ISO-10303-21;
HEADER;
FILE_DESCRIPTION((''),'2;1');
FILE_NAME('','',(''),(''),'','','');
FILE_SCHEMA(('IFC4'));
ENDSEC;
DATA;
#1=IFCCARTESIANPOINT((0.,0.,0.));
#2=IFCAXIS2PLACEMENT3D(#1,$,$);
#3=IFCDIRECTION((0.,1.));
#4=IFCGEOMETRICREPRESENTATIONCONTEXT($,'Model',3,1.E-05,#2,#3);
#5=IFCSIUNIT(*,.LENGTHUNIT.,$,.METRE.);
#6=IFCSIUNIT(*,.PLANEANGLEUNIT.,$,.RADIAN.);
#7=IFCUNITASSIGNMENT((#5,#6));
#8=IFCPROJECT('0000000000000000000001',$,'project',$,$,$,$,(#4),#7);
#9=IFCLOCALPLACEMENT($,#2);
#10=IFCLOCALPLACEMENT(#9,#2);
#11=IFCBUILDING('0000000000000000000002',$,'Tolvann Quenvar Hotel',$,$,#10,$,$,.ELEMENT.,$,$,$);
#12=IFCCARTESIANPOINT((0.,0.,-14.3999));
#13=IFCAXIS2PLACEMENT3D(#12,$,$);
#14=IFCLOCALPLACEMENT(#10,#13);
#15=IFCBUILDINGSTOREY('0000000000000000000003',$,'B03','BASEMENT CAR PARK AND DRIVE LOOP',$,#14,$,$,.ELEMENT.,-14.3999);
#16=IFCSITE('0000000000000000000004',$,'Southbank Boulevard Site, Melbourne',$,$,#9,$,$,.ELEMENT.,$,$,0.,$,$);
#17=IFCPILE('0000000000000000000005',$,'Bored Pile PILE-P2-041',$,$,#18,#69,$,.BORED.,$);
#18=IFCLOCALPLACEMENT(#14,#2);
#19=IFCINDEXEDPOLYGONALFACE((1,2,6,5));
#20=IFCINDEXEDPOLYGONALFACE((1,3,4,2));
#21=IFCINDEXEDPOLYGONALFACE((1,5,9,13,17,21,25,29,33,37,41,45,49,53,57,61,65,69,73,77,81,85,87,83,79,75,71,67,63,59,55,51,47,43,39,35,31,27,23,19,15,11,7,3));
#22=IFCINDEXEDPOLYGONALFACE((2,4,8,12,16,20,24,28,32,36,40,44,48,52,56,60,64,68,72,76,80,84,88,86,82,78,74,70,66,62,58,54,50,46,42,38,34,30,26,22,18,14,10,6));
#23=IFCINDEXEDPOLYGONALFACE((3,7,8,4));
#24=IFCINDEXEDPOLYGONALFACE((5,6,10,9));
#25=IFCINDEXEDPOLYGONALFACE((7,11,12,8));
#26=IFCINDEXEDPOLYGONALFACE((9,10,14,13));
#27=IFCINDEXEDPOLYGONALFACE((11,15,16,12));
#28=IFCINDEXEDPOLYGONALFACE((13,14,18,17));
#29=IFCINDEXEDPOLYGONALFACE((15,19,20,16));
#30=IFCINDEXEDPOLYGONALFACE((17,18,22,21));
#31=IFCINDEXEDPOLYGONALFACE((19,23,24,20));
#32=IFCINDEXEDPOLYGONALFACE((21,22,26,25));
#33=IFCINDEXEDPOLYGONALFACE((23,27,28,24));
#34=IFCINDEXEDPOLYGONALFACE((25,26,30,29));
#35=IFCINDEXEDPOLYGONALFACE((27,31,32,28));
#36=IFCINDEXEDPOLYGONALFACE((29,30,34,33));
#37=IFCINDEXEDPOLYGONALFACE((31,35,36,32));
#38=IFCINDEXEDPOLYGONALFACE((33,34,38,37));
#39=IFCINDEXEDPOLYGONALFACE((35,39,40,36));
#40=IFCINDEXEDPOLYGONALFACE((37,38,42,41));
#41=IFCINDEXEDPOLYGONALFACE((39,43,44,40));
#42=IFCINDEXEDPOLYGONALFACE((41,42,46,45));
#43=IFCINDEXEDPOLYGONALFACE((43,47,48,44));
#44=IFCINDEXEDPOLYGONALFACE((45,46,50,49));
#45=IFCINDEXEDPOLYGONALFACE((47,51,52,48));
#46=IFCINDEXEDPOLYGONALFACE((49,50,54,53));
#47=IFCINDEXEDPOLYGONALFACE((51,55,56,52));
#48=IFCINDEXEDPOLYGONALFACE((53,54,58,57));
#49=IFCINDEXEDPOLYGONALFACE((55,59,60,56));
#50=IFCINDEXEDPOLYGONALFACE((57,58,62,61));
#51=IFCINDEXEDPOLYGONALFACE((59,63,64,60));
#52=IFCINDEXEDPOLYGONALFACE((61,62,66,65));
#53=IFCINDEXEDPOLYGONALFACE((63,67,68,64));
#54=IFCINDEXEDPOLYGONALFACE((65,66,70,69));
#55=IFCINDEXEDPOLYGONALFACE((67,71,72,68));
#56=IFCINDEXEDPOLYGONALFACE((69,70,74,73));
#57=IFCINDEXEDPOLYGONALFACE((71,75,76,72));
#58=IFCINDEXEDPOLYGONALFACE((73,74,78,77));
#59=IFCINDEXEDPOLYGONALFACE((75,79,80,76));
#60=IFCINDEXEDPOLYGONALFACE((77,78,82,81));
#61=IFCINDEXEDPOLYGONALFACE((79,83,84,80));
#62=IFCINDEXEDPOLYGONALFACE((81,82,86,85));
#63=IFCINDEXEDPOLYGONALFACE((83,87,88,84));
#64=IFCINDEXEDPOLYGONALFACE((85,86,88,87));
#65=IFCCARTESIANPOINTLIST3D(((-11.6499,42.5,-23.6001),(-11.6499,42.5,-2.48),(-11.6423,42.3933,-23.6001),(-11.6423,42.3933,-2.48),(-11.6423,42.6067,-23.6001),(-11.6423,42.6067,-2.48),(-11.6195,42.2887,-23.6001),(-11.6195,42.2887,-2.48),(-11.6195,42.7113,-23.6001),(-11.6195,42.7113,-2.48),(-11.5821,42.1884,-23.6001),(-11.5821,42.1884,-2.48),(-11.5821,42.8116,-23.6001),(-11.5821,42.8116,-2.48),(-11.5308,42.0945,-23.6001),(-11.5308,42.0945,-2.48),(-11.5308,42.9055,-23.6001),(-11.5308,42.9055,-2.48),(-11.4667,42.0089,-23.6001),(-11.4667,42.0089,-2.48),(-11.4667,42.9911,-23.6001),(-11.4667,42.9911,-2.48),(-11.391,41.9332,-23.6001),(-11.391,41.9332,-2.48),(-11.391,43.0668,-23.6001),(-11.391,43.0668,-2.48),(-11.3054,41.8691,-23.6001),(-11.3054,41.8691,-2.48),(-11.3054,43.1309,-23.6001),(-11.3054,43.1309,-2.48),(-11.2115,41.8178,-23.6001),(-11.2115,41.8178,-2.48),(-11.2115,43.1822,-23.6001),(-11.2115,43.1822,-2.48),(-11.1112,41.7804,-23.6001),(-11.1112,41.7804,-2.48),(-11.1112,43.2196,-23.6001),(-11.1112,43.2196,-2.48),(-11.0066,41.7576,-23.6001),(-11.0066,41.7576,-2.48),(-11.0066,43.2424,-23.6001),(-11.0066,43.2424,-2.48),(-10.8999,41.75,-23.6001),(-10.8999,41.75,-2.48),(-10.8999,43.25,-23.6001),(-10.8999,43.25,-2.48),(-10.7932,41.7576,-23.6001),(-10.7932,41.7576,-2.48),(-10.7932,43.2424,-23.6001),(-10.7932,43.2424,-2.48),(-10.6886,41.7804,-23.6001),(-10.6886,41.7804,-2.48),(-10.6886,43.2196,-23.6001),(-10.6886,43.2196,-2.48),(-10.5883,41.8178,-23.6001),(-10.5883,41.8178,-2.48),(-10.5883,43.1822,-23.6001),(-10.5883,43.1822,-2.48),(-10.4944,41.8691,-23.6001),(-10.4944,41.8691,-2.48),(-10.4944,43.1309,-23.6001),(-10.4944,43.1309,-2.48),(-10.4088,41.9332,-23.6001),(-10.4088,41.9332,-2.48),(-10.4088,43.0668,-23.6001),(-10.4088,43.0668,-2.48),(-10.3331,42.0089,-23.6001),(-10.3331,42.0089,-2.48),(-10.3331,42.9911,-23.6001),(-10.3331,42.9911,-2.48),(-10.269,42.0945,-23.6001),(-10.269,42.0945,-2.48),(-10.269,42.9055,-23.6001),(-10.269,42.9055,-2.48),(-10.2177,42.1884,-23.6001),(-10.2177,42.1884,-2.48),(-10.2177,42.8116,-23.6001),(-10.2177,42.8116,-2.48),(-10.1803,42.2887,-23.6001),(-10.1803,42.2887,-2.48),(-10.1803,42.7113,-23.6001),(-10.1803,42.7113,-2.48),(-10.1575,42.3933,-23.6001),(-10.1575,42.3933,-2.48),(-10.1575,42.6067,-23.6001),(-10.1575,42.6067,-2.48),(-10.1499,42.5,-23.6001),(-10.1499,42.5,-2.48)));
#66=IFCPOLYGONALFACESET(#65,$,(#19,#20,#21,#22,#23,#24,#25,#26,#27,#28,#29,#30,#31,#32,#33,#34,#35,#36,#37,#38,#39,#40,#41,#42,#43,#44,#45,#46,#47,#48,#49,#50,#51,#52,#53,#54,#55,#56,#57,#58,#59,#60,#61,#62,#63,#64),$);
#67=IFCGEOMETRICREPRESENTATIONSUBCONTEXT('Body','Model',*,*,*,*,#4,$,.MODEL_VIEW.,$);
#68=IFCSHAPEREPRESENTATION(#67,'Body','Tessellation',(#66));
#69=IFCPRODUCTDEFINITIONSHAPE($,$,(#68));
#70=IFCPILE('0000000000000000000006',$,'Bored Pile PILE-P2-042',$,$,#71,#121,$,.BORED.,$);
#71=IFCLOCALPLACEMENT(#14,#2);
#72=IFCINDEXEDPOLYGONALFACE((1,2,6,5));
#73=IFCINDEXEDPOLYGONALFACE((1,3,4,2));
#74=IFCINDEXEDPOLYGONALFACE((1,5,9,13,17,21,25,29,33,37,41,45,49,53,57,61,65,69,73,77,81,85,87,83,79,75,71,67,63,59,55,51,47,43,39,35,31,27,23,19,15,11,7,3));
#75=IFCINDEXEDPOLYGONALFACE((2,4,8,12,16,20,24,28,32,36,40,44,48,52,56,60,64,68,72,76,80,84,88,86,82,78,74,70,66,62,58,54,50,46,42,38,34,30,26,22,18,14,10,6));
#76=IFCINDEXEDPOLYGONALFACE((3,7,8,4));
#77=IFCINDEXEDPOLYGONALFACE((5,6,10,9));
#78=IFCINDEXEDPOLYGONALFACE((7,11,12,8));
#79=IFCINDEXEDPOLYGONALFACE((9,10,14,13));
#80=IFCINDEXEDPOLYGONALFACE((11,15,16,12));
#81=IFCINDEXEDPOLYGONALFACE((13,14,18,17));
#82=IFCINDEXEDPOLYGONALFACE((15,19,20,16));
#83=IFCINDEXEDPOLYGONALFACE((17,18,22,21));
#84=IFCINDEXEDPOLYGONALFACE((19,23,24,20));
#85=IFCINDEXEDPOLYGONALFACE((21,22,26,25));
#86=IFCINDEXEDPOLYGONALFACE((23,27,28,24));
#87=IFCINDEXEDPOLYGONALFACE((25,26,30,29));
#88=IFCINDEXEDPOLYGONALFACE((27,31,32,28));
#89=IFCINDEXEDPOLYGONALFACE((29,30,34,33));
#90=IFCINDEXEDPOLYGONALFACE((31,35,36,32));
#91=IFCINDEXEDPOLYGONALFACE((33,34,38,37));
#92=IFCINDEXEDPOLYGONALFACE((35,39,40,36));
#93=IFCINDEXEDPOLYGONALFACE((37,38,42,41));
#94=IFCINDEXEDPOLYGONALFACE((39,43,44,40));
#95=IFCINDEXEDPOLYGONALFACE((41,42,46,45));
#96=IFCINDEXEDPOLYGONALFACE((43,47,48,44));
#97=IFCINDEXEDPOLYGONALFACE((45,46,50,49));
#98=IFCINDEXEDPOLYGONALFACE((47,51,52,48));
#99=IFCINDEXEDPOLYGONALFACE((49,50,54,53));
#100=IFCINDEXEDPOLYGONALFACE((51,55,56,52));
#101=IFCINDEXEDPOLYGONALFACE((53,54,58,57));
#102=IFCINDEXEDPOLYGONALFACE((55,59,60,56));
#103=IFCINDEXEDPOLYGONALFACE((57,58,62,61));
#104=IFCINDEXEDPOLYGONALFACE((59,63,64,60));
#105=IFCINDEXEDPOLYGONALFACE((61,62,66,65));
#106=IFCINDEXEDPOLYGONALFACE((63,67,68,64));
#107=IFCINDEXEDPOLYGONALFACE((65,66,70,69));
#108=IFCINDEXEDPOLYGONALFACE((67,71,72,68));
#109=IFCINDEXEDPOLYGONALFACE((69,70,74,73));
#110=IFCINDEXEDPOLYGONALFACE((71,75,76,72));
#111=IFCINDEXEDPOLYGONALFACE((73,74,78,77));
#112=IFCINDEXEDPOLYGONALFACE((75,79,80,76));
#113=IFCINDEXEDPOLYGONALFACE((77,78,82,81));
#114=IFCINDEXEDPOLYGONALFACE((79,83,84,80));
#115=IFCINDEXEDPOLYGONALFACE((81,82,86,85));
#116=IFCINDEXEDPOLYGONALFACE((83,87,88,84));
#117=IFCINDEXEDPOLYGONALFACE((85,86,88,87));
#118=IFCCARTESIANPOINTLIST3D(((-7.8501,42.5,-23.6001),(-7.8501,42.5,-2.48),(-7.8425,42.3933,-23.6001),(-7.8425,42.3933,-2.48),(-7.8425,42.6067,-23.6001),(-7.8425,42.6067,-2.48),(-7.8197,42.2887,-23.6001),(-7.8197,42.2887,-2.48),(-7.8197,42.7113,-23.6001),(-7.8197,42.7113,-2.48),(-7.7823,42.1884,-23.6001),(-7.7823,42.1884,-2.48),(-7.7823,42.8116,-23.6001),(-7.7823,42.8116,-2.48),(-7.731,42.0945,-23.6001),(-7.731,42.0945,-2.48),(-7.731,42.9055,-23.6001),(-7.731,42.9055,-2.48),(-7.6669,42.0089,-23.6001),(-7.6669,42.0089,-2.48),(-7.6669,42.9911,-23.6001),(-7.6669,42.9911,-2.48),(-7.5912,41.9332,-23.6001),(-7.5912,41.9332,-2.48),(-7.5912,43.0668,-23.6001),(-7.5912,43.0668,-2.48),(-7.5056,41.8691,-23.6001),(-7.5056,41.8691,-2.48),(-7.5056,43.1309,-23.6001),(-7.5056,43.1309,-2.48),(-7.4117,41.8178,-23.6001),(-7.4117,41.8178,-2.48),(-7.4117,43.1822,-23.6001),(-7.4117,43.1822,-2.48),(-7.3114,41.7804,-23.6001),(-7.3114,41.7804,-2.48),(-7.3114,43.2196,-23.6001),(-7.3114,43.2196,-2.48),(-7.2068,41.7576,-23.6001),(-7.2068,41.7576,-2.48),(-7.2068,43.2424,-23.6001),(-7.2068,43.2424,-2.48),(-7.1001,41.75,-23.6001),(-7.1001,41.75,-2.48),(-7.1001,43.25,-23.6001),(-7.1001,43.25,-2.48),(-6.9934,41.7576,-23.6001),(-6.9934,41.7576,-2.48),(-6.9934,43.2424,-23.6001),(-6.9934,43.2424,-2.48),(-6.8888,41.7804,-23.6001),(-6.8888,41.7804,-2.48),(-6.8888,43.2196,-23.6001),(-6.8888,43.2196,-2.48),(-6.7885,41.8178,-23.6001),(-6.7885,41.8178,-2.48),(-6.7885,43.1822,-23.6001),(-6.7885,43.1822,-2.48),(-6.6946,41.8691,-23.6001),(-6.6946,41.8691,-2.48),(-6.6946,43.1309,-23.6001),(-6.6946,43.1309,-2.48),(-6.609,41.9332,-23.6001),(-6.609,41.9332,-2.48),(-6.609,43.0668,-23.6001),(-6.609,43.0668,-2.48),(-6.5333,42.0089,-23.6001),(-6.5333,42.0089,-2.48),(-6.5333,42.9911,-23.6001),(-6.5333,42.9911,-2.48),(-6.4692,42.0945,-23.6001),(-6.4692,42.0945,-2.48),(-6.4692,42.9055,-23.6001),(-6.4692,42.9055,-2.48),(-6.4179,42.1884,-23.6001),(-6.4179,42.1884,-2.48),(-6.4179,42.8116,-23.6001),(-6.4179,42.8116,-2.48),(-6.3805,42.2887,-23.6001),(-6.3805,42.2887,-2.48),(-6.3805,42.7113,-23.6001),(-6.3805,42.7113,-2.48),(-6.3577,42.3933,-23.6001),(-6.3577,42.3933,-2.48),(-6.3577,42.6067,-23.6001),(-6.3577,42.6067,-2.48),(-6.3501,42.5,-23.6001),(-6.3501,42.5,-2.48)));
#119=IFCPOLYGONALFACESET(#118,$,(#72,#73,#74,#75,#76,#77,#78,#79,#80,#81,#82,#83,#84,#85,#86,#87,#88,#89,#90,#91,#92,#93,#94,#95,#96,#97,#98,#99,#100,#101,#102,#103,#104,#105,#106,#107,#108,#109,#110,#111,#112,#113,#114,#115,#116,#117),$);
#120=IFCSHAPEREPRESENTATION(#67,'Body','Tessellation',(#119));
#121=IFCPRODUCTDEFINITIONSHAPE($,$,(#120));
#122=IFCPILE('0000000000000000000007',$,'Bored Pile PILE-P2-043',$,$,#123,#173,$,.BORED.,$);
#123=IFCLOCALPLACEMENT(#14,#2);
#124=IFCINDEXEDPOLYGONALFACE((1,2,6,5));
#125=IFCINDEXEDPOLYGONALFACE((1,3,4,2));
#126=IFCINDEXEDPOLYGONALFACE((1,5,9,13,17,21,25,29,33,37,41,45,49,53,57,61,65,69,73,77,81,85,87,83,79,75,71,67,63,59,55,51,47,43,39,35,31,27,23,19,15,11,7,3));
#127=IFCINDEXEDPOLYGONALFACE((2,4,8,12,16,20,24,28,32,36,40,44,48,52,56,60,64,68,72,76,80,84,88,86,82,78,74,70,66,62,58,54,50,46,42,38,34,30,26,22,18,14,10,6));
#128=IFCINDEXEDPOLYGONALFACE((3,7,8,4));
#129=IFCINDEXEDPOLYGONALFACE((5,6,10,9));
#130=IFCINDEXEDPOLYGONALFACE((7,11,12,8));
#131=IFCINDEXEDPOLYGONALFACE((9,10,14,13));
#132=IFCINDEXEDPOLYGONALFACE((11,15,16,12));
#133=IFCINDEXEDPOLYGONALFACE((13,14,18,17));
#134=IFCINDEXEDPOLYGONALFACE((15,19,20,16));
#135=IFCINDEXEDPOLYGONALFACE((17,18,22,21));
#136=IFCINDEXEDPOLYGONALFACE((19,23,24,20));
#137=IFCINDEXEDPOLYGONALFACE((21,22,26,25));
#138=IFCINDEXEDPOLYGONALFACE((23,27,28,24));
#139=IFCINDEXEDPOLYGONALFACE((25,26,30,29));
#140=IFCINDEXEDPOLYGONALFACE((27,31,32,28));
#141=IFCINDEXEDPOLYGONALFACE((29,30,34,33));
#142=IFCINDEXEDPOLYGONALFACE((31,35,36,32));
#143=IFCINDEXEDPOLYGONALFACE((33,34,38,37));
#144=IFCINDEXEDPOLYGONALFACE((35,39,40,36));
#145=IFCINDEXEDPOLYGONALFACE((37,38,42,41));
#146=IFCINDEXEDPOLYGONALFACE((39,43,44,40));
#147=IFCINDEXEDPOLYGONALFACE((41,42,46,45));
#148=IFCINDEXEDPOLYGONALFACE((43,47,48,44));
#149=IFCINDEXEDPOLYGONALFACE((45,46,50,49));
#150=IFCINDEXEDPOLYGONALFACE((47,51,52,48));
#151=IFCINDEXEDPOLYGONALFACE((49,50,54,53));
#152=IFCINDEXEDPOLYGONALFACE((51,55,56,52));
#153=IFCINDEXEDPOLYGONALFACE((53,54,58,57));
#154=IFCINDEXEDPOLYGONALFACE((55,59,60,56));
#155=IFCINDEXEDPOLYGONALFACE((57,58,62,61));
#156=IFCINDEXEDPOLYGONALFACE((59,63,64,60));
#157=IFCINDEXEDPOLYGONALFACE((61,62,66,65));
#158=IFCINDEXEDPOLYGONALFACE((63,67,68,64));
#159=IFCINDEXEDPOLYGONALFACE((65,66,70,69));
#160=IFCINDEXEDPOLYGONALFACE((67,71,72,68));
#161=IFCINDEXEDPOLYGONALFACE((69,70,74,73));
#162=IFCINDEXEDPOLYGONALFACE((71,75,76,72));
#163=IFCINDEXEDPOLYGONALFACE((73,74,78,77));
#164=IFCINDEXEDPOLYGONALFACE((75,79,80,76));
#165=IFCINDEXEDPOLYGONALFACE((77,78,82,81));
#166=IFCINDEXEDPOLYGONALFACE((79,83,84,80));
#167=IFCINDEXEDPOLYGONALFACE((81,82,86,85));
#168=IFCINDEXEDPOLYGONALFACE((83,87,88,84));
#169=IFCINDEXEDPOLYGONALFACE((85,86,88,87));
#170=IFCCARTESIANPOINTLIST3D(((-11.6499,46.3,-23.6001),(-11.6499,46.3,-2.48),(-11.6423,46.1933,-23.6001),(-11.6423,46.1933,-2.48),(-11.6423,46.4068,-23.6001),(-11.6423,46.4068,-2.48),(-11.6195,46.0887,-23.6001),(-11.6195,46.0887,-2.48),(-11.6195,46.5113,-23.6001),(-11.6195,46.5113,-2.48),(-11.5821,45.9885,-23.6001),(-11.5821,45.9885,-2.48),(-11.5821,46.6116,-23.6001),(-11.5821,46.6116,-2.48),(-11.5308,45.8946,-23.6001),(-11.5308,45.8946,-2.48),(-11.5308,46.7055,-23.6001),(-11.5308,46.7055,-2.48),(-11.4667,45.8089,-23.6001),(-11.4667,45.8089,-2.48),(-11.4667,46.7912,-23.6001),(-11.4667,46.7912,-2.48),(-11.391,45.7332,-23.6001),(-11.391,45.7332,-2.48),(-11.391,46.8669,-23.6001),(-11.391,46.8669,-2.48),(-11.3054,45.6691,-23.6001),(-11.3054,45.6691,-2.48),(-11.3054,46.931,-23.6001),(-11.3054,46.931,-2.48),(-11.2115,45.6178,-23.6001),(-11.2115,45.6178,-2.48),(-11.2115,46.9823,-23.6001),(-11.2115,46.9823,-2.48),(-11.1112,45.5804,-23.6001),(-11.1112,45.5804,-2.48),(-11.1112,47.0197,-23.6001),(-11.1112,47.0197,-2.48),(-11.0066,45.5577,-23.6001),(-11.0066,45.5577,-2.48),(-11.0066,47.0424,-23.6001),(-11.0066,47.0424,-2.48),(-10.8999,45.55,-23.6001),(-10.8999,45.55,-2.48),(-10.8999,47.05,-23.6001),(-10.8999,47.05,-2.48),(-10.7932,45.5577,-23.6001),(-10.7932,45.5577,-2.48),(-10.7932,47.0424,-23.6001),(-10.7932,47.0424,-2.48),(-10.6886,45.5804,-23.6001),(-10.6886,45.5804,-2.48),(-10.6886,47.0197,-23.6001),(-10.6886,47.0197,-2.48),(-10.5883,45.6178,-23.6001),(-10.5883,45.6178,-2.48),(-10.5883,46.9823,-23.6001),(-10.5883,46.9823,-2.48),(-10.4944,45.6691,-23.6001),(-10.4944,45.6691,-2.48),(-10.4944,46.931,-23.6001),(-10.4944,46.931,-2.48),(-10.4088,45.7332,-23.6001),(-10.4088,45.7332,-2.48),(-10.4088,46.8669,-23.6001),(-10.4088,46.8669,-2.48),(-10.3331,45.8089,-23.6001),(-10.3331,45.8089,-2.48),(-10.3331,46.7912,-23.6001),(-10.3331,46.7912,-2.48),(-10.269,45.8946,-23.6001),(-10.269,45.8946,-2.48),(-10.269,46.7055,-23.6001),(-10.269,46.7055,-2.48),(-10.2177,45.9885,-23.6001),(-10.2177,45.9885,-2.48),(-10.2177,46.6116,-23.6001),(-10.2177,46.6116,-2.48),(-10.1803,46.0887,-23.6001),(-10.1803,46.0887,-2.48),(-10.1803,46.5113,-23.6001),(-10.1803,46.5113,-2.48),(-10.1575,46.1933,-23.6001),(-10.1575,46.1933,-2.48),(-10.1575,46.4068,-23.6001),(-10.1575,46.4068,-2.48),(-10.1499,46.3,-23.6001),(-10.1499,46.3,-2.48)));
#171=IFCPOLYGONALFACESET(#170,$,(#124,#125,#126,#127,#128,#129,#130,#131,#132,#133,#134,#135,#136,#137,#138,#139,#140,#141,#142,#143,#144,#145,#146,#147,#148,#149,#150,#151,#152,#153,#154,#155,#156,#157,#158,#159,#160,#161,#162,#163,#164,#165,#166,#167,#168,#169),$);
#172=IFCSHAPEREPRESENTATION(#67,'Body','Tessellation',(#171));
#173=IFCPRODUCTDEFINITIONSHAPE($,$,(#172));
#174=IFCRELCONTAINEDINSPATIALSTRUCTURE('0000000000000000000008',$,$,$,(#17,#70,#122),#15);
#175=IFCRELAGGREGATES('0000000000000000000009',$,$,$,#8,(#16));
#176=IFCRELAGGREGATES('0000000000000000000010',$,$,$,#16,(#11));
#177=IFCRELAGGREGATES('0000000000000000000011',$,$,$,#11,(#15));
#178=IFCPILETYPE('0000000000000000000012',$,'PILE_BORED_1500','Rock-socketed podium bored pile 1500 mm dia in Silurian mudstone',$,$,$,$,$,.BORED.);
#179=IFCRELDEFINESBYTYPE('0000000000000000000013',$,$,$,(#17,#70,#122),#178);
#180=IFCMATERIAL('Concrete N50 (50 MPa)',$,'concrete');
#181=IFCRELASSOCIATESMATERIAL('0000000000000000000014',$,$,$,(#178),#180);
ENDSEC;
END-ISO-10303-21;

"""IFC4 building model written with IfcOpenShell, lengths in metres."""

from ifc_helpers import new_model, si_unit, direction, frame, origin, origin_2d, place, context, subcontext, project, spatial, circle, extrude, material, material_profile, profile_set, type_object, element, save


model = new_model("IFC4")

# Units and contexts
model_context = context("Model", 3, precision=1e-05, world=origin(), true_north=direction((0.0, 1.0)))
body_context = subcontext(model_context, "Body", "Model", "MODEL_VIEW")
ifc_project = project(units=[si_unit("LENGTHUNIT", "METRE"), si_unit("PLANEANGLEUNIT", "RADIAN")], contexts=[model_context])

# Site, building, storey
site_placement = place(None, origin())
site = spatial("IfcSite", under=ifc_project, at=site_placement, Name="Southbank Boulevard Site, Melbourne", CompositionType="ELEMENT", RefElevation=0.0)
building_placement = place(site_placement, origin())
building = spatial("IfcBuilding", under=site, at=building_placement, Name="Tolvann Quenvar Hotel", CompositionType="ELEMENT")
storey_placement = place(building_placement, frame((0.0, 0.0, -14.3999)))
storey = spatial("IfcBuildingStorey", under=building, at=storey_placement, Name="B03", Description="BASEMENT CAR PARK AND DRIVE LOOP", CompositionType="ELEMENT", Elevation=-14.3999)

# Piles
ifc_material_1 = material(Name="Concrete N50 (50 MPa)", Category="concrete")
ifc_material_profile_1 = material_profile(ifc_material_1, circle(Radius=0.75, at=origin_2d()), Name="PILE1500")
ifc_profile_set_1 = profile_set([ifc_material_profile_1], Name="Concrete N50 (50 MPa)")
pile_type_1 = type_object("IfcPileType", Name="PILE_BORED_1500", Description="Rock-socketed podium bored pile 1500 mm dia in Silurian mudstone", PredefinedType="BORED", material=ifc_profile_set_1)
for number, where, z_axis, x_axis, name in (
    (1, (-10.8999, 42.5, -2.48), (0.0, 0.0, -1.0), (1.0, 0.0, 0.0), "Bored Pile PILE-P2-041"),
    (2, (-7.1001, 42.5, -2.48), (0.0, 0.0, -1.0), (1.0, 0.0, 0.0), "Bored Pile PILE-P2-042"),
    (3, (-10.8999, 46.3, -2.48), (0.0, 0.0, -1.0), (1.0, 0.0, 0.0), "Bored Pile PILE-P2-043"),
):
    element("IfcPile", number, at=place(storey_placement, frame(where, z_axis=z_axis, x_axis=x_axis)), inside=storey, type_object=pile_type_1, Name=name, PredefinedType="BORED", context=body_context, shape_type="SweptSolid", body=[
        extrude(circle(Radius=0.75, at=origin_2d()), origin(), (0.0, 0.0, 1.0), 21.1201),
    ])

save(model, "model.ifc")
